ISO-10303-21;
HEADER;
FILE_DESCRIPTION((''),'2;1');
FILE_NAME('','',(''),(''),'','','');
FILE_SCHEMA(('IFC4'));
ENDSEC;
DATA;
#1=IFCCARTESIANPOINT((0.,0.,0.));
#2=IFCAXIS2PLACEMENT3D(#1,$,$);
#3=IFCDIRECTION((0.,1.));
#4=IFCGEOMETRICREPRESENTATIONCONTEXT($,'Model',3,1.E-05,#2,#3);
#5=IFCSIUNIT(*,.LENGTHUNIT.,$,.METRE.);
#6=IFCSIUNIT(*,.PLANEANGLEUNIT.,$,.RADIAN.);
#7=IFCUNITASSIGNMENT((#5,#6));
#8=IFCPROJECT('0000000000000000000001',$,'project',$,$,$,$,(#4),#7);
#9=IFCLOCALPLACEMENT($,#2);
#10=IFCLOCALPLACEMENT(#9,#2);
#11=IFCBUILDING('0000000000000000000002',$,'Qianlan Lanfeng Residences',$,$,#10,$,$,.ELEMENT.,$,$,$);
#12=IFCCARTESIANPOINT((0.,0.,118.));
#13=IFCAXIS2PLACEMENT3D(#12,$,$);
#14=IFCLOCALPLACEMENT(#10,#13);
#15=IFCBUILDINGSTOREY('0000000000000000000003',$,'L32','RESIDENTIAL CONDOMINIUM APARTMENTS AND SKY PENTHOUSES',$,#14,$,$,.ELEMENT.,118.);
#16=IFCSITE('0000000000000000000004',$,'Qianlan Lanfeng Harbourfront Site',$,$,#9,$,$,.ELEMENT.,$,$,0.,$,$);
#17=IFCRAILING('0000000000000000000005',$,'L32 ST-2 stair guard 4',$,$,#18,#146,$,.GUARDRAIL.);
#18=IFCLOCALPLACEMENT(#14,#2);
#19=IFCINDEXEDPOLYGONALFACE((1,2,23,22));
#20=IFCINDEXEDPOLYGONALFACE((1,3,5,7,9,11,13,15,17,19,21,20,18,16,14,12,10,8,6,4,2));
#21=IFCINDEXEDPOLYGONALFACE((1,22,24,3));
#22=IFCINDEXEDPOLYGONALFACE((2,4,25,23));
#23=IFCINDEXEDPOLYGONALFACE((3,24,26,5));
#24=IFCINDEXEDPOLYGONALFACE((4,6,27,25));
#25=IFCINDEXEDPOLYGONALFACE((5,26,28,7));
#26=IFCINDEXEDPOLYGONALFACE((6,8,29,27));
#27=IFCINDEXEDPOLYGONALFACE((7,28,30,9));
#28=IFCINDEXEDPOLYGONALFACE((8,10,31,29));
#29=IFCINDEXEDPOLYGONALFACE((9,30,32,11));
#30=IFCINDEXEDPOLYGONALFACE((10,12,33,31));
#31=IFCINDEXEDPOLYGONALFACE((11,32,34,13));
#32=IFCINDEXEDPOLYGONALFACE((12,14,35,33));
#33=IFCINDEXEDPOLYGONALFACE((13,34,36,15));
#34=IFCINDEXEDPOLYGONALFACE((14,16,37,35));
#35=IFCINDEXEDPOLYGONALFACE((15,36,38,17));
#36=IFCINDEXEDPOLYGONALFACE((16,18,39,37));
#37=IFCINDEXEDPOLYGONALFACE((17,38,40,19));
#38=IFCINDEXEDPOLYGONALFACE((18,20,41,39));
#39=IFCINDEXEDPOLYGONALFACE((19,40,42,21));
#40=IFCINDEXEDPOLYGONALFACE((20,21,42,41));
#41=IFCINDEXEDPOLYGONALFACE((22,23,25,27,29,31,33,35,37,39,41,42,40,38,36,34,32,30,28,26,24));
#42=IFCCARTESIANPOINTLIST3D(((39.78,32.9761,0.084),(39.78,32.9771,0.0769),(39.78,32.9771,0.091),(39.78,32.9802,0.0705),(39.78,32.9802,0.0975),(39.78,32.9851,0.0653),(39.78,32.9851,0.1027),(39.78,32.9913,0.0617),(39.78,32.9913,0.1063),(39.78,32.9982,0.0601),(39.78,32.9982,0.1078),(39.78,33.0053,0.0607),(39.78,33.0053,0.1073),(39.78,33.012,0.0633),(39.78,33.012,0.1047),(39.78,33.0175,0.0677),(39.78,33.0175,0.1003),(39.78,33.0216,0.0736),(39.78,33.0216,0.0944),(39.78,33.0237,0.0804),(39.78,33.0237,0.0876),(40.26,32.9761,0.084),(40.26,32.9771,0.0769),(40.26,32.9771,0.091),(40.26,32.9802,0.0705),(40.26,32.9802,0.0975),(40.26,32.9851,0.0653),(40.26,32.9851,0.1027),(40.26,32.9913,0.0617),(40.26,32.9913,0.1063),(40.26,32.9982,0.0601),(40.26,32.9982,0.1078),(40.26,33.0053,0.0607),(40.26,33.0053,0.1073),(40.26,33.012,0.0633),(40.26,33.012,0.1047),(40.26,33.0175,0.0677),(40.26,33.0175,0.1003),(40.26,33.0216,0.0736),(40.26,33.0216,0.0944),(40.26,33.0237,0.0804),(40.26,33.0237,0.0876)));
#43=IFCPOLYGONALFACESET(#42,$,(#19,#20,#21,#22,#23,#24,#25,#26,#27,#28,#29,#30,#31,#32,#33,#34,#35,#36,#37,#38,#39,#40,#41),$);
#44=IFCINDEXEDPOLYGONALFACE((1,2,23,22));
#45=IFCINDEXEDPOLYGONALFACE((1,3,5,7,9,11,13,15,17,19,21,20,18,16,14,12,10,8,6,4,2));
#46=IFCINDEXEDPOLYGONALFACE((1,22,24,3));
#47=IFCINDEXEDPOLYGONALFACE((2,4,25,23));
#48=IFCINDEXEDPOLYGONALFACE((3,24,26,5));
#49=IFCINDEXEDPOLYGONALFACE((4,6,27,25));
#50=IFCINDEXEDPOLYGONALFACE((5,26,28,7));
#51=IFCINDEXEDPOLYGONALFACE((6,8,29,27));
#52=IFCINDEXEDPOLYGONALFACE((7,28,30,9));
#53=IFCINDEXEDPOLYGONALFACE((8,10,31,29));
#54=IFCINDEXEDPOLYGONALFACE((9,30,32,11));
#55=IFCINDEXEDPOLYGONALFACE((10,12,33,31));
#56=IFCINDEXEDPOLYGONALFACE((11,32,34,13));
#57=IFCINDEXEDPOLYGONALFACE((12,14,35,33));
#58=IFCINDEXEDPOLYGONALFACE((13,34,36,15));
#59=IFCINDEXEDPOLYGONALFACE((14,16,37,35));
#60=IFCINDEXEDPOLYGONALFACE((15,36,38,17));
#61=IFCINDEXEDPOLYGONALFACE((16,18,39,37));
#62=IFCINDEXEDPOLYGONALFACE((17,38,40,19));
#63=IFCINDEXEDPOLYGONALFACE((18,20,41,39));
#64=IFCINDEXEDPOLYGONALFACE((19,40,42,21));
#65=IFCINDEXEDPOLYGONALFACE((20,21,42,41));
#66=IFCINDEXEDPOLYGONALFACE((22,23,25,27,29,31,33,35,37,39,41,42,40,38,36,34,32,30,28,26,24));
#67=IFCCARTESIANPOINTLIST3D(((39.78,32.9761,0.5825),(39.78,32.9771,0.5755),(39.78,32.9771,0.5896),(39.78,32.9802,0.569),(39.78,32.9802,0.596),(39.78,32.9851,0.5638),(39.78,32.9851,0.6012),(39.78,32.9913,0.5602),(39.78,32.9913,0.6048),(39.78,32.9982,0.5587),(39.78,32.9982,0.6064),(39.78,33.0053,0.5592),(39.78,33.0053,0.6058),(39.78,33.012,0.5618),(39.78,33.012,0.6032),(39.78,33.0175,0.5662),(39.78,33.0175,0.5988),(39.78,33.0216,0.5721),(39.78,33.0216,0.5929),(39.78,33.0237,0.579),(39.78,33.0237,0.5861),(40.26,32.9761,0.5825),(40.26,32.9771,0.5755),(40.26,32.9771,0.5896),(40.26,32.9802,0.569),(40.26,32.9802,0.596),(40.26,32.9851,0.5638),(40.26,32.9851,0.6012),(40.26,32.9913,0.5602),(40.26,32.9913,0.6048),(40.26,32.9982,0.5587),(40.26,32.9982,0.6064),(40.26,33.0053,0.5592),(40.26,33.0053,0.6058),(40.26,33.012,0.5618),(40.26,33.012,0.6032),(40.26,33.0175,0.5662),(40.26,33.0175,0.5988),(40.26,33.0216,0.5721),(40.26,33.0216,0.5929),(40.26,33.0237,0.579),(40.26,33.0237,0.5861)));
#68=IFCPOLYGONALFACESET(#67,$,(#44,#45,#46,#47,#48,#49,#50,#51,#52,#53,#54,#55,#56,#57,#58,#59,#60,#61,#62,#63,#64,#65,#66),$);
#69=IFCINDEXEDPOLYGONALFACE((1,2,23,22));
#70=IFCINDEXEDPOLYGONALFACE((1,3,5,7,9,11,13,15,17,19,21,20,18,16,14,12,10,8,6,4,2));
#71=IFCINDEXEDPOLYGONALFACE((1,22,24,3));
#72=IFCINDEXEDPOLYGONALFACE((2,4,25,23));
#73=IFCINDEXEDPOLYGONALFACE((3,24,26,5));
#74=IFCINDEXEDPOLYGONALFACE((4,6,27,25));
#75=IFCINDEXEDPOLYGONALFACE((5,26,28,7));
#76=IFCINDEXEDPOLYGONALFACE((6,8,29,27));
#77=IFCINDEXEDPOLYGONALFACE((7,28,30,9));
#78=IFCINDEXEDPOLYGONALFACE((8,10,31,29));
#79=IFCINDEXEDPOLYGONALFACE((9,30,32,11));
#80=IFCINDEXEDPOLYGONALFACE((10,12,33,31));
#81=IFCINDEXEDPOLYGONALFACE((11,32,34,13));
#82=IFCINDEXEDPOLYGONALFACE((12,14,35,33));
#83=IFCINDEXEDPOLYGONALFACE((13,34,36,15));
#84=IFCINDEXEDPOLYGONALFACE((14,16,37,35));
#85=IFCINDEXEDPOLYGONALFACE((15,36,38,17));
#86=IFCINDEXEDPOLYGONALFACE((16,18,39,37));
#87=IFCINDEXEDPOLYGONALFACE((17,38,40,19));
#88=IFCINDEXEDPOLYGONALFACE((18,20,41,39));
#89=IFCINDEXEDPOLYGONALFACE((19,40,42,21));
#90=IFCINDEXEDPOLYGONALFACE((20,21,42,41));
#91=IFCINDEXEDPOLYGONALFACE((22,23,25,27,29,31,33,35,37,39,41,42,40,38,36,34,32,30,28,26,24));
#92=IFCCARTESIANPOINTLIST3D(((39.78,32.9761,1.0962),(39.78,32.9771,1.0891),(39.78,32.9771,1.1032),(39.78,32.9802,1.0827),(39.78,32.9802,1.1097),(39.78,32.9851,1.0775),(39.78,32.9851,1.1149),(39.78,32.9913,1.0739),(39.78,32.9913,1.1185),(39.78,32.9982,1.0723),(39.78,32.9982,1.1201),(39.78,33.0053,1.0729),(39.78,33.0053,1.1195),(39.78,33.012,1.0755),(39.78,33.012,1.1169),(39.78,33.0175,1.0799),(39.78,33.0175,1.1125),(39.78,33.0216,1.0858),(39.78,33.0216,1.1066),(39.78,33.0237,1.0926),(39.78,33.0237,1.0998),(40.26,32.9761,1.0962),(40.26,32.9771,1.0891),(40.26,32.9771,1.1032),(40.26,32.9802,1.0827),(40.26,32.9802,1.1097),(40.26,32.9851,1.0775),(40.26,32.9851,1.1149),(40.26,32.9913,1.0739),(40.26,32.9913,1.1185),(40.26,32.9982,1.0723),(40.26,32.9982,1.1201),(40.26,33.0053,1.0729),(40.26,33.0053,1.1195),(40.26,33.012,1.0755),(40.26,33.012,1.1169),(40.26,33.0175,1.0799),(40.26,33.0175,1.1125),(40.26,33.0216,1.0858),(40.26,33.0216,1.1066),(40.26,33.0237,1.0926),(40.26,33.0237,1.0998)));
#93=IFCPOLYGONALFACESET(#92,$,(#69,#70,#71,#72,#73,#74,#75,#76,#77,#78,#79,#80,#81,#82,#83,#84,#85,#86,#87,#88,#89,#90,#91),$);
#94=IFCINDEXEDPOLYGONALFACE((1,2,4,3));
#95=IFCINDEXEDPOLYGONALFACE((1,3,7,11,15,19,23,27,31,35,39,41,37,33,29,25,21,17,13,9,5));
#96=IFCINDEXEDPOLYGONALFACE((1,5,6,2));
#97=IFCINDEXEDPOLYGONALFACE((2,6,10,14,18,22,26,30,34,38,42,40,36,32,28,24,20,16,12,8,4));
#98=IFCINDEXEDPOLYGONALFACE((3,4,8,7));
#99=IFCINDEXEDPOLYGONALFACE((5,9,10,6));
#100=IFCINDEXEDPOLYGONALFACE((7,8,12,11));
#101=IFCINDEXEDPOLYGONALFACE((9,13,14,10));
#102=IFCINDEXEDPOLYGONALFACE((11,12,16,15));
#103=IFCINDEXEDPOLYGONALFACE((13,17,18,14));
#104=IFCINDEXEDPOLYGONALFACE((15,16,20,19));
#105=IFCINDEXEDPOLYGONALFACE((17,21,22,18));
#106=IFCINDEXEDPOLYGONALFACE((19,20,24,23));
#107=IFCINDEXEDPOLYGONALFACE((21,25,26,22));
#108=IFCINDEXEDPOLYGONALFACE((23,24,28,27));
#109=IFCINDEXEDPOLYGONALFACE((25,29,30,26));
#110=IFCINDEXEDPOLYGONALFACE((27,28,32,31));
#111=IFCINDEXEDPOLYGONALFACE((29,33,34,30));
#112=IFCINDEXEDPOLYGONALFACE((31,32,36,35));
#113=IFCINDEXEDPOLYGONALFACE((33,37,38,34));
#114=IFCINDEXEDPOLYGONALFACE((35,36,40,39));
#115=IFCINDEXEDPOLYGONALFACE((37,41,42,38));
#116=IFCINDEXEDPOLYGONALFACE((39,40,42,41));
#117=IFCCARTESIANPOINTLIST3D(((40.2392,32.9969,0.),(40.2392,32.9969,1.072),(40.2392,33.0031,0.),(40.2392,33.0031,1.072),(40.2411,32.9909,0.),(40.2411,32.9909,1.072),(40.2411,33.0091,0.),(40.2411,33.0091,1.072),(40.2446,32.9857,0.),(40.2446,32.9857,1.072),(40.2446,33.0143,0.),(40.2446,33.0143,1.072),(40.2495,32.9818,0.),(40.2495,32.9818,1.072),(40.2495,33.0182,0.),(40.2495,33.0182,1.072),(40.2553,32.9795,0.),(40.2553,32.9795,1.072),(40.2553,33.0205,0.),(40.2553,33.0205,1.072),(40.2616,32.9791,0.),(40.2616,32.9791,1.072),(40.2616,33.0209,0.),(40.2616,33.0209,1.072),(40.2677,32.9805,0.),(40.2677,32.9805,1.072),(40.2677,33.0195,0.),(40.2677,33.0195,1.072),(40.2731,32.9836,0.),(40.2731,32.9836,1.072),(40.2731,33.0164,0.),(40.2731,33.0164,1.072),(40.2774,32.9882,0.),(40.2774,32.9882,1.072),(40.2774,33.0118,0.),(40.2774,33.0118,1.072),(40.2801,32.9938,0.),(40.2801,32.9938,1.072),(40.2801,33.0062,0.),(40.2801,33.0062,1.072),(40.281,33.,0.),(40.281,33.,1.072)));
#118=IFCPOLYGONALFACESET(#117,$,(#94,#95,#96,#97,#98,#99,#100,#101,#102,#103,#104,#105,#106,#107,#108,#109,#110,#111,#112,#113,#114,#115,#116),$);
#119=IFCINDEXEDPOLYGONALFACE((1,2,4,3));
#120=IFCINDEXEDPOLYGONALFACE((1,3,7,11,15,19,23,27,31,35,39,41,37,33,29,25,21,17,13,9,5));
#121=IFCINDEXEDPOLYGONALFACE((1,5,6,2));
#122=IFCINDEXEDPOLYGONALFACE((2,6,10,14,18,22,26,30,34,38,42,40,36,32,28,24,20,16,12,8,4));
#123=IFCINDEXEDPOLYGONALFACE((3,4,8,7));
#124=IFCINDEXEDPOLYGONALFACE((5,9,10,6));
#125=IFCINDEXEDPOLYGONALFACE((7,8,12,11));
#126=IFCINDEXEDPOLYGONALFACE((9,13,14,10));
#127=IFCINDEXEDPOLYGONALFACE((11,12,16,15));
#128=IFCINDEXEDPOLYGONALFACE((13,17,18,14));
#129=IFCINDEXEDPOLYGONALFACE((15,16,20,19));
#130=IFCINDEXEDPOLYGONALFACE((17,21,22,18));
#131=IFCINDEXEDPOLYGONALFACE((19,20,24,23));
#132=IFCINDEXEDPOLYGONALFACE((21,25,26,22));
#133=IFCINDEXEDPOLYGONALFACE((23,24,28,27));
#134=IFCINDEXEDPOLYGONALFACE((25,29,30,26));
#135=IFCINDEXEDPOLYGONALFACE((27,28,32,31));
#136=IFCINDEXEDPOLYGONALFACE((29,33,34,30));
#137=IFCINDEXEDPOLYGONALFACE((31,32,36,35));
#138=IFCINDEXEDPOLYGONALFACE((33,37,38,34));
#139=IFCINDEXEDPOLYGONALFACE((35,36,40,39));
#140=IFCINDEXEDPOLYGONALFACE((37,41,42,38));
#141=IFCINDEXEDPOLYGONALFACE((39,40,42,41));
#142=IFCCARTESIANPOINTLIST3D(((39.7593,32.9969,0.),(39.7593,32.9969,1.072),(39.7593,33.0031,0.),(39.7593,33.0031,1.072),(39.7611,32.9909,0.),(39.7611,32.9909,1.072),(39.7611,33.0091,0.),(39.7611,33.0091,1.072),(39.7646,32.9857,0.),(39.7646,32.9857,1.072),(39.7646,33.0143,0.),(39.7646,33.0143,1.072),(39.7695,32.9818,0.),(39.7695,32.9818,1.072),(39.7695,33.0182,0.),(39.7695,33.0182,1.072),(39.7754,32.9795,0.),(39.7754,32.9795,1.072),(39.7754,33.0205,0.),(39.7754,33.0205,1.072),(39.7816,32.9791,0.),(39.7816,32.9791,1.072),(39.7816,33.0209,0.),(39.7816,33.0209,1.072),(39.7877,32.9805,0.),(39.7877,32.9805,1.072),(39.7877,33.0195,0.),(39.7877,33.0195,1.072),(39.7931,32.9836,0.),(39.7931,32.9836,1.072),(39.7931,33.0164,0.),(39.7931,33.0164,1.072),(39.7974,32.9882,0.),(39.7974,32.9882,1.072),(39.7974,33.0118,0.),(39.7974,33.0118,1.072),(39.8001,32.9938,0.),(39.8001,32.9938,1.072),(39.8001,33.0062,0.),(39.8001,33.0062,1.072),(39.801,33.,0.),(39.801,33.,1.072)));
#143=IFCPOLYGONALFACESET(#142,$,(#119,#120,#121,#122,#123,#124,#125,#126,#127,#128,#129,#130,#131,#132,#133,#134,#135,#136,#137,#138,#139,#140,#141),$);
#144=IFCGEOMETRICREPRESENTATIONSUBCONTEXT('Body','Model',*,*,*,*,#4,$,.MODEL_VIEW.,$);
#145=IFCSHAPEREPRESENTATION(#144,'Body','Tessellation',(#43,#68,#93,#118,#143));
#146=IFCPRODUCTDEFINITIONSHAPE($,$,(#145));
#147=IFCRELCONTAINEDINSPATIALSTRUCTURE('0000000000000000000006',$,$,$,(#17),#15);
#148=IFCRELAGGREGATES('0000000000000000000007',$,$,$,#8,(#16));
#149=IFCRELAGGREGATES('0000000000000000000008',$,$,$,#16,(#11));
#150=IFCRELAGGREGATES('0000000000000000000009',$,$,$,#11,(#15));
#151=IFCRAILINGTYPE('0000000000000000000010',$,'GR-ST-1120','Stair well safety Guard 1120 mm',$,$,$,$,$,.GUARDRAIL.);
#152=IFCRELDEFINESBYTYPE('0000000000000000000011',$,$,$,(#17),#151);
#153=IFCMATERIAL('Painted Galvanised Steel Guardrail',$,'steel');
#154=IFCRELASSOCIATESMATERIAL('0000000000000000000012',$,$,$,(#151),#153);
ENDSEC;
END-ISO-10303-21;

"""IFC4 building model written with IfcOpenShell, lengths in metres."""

from ifc_helpers import new_model, si_unit, direction, frame, origin, origin_2d, place, context, subcontext, project, spatial, circle, extrude, material, type_object, element, save


model = new_model("IFC4")

# Units and contexts
model_context = context("Model", 3, precision=1e-05, world=origin(), true_north=direction((0.0, 1.0)))
body_context = subcontext(model_context, "Body", "Model", "MODEL_VIEW")
ifc_project = project(units=[si_unit("LENGTHUNIT", "METRE"), si_unit("PLANEANGLEUNIT", "RADIAN")], contexts=[model_context])

# Site, building, storey
site_placement = place(None, origin())
site = spatial("IfcSite", under=ifc_project, at=site_placement, Name="Qianlan Lanfeng Harbourfront Site", CompositionType="ELEMENT", RefElevation=0.0)
building_placement = place(site_placement, origin())
building = spatial("IfcBuilding", under=site, at=building_placement, Name="Qianlan Lanfeng Residences", CompositionType="ELEMENT")
storey_placement = place(building_placement, frame((0.0, 0.0, 118.0)))
storey = spatial("IfcBuildingStorey", under=building, at=storey_placement, Name="L32", Description="RESIDENTIAL CONDOMINIUM APARTMENTS AND SKY PENTHOUSES", CompositionType="ELEMENT", Elevation=118.0)

# Railing
ifc_material_1 = material(Name="Painted Galvanised Steel Guardrail", Category="steel")
railing_type_1 = type_object("IfcRailingType", Name="GR-ST-1120", Description="Stair well safety Guard 1120 mm", PredefinedType="GUARDRAIL", material=ifc_material_1)
railing_1_placement = place(storey_placement, frame((40.26, 33.0, 0.0)))
element("IfcRailing", 1, at=railing_1_placement, inside=storey, type_object=railing_type_1, Name="L32 ST-2 stair guard 4", PredefinedType="GUARDRAIL", context=body_context, shape_type="SweptSolid", body=[
    extrude(circle(Radius=0.0239, at=origin_2d()), frame((0.0, 0.0, 0.084), z_axis=(-1.0, 0.0, 0.0), x_axis=(0.0, -1.0, 0.0)), (0.0, 0.0, 1.0), 0.48),
    extrude(circle(Radius=0.0239, at=origin_2d()), frame((0.0, 0.0, 0.5825), z_axis=(-1.0, 0.0, 0.0), x_axis=(0.0, -1.0, 0.0)), (0.0, 0.0, 1.0), 0.48),
    extrude(circle(Radius=0.0239, at=origin_2d()), frame((0.0, 0.0, 1.0962), z_axis=(-1.0, 0.0, 0.0), x_axis=(0.0, -1.0, 0.0)), (0.0, 0.0, 1.0), 0.48),
    extrude(circle(Radius=0.021, at=origin_2d()), origin(), (0.0, 0.0, 1.0), 1.072),
    extrude(circle(Radius=0.021, at=origin_2d()), frame((-0.48, 0.0, 0.0)), (0.0, 0.0, 1.0), 1.072),
])

save(model, "model.ifc")
